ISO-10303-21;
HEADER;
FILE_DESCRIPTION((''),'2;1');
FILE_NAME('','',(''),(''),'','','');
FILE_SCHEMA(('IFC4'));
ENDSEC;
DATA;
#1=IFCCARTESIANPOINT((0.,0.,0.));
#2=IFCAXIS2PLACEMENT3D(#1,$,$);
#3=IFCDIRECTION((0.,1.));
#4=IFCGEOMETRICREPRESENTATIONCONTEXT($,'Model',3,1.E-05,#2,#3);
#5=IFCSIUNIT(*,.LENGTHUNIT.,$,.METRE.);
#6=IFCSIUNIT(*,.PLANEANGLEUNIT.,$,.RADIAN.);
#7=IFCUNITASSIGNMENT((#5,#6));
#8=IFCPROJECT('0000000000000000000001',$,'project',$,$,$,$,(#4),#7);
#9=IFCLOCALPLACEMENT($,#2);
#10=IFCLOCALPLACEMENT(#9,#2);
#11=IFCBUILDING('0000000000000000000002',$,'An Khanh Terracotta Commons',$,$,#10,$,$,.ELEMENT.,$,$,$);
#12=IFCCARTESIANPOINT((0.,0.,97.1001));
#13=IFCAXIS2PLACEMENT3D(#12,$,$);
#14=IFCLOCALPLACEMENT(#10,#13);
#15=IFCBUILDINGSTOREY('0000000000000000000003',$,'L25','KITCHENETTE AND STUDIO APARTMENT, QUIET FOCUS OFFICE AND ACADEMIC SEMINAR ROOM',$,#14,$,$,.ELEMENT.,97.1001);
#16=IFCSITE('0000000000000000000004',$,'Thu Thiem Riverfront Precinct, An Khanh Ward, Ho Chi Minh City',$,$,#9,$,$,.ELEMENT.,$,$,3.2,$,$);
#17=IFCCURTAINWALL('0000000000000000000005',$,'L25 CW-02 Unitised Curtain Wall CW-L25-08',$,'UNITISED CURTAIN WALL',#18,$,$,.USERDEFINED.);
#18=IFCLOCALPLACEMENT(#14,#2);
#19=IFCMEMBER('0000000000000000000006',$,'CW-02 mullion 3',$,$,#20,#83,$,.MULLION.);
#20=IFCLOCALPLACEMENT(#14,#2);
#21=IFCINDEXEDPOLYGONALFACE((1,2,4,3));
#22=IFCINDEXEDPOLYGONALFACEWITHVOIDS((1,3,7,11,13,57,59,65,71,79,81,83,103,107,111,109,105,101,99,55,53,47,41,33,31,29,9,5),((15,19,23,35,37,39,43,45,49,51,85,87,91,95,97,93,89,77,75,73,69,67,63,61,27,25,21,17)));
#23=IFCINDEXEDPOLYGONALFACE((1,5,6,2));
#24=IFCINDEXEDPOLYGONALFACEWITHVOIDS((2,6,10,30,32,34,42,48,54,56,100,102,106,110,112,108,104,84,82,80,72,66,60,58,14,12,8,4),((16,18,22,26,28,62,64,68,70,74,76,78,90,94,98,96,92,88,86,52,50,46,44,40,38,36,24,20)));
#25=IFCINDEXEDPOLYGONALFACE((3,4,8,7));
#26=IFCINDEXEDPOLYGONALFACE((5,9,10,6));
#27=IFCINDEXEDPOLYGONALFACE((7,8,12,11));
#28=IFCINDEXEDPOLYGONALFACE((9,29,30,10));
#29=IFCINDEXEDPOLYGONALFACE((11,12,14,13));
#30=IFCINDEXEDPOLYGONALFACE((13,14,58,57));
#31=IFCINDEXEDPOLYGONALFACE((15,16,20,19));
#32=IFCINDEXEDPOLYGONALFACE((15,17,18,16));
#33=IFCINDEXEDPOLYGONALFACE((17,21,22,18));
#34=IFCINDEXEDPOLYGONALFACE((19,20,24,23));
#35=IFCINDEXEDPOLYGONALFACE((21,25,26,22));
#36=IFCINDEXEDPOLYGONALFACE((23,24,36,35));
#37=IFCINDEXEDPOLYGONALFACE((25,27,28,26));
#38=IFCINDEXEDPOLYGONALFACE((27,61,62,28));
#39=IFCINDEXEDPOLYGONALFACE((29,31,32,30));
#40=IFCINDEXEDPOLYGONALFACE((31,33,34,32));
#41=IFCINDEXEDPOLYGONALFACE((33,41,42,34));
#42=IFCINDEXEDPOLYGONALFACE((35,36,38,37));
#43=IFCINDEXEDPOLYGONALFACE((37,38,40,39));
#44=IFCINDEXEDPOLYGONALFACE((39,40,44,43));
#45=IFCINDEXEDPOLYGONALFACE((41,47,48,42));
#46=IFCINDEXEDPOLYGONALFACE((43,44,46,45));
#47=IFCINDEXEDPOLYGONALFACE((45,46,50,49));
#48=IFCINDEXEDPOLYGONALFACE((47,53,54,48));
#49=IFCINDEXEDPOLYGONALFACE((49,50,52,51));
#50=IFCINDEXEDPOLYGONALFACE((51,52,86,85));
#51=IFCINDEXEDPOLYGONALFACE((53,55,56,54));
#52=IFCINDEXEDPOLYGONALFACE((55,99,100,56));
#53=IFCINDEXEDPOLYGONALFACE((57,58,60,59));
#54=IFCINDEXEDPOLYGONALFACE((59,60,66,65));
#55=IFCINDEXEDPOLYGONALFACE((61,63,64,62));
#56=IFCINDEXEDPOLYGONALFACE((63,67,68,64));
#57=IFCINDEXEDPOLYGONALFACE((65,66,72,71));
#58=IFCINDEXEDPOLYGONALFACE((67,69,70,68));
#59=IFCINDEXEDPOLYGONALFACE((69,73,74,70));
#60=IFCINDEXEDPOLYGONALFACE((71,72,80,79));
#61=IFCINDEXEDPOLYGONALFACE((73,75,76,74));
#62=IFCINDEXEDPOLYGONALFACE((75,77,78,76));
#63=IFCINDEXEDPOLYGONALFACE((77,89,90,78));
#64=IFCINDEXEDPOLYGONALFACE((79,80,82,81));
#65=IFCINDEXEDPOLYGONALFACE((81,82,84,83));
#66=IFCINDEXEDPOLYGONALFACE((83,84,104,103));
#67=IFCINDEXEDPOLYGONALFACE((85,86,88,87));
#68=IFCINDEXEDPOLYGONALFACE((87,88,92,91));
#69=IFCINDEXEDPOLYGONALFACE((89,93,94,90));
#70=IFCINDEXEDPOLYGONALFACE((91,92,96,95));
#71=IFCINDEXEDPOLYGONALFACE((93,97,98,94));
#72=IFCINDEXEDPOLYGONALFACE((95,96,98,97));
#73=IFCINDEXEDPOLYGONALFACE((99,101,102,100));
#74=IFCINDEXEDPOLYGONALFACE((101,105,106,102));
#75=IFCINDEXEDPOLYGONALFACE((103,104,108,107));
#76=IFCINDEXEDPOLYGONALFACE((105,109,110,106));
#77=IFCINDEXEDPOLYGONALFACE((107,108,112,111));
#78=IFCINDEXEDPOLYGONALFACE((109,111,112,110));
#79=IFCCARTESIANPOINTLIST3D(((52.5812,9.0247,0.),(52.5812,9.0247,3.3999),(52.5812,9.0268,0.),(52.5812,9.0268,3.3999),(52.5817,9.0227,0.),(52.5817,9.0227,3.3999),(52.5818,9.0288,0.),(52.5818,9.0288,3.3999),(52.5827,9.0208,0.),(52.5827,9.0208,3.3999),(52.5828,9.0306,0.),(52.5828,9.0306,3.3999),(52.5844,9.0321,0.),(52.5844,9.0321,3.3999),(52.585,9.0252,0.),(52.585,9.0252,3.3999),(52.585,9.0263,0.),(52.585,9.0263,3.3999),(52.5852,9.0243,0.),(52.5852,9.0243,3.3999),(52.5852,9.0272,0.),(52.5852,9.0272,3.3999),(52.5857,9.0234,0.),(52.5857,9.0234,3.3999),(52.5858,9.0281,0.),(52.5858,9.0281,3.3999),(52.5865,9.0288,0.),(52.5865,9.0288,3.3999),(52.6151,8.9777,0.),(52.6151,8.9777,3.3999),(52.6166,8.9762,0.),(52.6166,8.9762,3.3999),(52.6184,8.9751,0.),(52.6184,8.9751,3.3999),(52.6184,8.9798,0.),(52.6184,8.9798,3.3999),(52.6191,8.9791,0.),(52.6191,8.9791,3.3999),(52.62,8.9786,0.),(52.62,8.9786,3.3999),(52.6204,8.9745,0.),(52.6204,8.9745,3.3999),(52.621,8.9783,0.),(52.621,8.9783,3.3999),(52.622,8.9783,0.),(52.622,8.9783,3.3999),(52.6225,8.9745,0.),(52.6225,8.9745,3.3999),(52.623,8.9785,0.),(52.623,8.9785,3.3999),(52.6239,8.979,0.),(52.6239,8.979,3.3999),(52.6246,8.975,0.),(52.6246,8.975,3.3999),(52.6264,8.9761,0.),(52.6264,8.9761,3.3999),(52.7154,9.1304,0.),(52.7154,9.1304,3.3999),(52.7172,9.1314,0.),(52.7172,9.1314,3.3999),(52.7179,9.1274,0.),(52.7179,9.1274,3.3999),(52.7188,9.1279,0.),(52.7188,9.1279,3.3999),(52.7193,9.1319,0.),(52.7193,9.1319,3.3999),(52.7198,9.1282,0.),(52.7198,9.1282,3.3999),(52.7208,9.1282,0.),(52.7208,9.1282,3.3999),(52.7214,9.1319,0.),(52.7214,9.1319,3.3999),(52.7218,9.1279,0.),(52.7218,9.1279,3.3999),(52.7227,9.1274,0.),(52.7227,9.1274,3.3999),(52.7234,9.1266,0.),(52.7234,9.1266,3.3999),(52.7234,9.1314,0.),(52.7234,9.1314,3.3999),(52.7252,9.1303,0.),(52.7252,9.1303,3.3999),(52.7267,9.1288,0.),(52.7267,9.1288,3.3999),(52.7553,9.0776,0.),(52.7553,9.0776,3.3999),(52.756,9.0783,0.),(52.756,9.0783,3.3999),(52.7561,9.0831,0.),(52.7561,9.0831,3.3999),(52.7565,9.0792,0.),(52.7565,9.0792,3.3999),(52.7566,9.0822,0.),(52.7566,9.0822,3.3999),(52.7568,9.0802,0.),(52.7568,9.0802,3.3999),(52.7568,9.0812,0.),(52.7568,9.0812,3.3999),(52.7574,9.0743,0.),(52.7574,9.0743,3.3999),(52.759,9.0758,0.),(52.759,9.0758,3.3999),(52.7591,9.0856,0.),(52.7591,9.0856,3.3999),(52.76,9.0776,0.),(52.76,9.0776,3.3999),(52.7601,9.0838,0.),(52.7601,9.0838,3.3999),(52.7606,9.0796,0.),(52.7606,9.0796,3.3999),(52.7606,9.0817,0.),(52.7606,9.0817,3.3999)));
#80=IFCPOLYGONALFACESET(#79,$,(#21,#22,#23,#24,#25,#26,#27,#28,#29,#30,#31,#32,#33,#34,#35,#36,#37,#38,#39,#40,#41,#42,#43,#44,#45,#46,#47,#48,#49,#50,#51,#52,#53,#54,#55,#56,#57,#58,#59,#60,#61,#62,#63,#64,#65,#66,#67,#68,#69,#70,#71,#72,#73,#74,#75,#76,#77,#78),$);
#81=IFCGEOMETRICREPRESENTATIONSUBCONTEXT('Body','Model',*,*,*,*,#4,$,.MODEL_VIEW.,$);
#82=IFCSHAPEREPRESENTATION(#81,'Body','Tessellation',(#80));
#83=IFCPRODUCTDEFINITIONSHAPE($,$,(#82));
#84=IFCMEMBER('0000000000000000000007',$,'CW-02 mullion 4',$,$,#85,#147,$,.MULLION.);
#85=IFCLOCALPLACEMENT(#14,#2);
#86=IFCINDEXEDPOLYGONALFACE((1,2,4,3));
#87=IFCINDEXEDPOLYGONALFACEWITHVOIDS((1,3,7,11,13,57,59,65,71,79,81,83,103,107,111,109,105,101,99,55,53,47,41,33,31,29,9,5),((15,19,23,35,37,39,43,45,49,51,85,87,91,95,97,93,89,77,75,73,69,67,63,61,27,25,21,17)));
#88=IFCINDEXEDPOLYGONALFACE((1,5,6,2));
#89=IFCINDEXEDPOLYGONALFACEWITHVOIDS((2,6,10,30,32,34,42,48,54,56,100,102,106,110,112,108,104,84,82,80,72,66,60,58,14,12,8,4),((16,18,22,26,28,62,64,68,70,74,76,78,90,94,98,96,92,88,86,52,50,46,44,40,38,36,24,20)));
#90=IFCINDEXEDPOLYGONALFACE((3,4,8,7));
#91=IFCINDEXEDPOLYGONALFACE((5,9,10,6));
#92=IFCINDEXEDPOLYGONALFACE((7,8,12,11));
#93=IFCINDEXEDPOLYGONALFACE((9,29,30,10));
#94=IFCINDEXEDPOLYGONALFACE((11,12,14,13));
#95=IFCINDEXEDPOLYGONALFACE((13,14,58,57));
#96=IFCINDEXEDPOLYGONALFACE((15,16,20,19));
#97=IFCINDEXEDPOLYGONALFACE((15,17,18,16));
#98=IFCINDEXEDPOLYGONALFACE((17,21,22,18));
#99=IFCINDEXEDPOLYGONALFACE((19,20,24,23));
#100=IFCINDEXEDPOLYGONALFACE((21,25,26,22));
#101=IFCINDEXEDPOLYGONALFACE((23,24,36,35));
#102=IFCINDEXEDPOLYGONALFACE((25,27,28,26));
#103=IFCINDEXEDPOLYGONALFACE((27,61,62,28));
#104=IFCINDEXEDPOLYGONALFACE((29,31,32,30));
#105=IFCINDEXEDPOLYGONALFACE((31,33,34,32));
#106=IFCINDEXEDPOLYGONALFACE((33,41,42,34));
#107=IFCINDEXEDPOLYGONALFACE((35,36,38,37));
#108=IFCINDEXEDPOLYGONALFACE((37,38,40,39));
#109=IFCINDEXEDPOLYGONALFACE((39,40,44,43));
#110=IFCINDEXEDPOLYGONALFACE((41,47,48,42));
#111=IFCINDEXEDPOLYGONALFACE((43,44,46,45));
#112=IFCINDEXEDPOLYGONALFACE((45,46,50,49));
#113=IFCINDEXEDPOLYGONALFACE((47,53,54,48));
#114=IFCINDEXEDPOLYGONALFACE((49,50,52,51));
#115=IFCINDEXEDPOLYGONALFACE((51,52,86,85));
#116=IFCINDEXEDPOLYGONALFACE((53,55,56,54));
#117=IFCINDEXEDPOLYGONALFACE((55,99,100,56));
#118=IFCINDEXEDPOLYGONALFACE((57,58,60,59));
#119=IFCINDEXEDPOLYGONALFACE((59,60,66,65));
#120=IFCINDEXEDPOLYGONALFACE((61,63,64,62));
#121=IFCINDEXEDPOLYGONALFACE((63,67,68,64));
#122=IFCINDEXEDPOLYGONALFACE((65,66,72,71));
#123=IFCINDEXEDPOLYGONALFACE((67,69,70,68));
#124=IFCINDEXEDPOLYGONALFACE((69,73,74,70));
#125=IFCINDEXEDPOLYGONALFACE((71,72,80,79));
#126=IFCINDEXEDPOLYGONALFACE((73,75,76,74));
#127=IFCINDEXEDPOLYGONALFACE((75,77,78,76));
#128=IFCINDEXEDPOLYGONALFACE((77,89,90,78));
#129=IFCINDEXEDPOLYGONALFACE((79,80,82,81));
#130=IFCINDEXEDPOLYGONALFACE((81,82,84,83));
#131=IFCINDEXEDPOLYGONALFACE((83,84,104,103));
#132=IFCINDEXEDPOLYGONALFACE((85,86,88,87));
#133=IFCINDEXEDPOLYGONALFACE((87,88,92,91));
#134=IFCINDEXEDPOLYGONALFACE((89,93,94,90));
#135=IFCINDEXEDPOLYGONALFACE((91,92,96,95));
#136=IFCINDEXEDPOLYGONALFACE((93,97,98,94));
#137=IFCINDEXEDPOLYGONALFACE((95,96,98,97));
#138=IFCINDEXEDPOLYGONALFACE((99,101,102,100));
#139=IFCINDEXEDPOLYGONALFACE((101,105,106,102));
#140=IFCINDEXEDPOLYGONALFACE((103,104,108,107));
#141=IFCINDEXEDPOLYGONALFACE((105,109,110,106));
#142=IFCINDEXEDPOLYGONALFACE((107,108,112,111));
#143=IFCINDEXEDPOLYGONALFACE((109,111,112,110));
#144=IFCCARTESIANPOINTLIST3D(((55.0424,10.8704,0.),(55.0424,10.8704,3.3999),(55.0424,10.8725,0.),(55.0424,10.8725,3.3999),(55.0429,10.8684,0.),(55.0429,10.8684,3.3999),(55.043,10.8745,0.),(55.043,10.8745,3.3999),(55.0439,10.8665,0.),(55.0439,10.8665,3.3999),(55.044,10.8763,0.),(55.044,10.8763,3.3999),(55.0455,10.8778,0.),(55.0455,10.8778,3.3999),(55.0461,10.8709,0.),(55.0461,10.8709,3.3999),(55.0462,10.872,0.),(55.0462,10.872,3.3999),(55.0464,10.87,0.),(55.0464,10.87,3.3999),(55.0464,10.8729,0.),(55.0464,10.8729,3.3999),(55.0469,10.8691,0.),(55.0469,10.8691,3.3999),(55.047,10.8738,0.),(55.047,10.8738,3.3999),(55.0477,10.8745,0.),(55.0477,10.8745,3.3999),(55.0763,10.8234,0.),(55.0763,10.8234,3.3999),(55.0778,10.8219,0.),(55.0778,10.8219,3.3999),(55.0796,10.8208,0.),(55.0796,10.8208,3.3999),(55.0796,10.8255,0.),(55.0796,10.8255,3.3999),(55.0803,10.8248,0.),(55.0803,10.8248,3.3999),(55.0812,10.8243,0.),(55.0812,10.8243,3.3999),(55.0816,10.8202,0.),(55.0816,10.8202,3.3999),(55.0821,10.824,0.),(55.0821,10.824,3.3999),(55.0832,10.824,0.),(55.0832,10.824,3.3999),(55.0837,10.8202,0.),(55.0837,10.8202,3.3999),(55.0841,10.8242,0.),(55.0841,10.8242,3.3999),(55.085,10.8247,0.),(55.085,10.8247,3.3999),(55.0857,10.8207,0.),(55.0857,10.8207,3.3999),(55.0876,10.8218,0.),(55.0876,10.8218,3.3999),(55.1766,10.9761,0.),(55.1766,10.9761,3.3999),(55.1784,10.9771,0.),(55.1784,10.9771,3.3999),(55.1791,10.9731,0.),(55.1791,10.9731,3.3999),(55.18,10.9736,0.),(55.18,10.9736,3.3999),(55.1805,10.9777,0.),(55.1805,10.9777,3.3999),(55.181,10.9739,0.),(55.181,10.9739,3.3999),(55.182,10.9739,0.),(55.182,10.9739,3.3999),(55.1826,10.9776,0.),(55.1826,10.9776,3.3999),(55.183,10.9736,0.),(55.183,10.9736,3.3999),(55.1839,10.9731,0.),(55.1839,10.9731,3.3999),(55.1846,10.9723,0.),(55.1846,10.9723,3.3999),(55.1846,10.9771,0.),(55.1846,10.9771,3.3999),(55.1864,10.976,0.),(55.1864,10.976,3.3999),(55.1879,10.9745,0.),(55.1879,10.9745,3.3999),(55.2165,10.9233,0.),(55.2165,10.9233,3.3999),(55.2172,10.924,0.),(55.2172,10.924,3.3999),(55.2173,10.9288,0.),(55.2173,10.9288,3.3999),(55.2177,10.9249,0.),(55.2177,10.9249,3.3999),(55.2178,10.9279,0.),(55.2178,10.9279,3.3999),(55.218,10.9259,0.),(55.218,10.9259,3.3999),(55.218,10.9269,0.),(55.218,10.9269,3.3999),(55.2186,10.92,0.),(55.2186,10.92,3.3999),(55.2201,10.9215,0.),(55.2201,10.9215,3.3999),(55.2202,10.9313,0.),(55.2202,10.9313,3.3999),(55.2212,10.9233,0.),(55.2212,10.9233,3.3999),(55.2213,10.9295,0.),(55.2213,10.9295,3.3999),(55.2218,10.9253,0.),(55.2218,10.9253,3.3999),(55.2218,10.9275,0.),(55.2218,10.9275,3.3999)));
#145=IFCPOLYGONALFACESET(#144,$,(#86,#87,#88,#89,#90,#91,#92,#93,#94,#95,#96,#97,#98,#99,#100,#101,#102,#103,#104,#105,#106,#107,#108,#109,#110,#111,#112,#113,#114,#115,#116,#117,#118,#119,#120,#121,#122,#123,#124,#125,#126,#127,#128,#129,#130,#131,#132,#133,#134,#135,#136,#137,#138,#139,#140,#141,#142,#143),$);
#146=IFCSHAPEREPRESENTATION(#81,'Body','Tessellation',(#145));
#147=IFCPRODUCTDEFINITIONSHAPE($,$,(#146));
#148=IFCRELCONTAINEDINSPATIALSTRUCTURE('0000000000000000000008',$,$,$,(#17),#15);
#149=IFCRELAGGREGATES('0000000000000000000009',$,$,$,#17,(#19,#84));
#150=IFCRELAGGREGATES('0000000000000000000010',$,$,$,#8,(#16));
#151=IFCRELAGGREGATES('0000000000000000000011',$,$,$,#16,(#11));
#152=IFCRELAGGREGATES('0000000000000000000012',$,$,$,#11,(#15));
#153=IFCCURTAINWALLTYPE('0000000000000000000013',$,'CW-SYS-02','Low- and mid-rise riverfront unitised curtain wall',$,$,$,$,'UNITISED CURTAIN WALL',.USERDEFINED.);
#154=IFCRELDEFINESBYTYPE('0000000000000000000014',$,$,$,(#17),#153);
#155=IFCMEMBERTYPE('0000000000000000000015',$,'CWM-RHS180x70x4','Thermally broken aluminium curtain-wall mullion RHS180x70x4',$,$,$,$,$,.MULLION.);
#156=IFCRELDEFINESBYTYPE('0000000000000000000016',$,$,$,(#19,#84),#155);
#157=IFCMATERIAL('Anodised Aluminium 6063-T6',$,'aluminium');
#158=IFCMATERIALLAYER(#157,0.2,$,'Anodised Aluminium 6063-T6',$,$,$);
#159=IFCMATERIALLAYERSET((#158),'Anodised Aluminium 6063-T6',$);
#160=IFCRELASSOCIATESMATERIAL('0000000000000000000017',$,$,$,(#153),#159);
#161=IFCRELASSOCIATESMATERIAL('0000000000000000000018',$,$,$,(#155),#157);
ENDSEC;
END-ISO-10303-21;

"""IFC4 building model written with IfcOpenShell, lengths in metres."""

from ifc_helpers import new_model, si_unit, direction, frame, origin, origin_2d, place, context, subcontext, project, spatial, hollow_rectangle, extrude, material, layer, layer_set, material_profile, profile_set, type_object, element, aggregate, save


model = new_model("IFC4")

# Units and contexts
model_context = context("Model", 3, precision=1e-05, world=origin(), true_north=direction((0.0, 1.0)))
body_context = subcontext(model_context, "Body", "Model", "MODEL_VIEW")
ifc_project = project(units=[si_unit("LENGTHUNIT", "METRE"), si_unit("PLANEANGLEUNIT", "RADIAN")], contexts=[model_context])

# Site, building, storey
site_placement = place(None, origin())
site = spatial("IfcSite", under=ifc_project, at=site_placement, Name="Thu Thiem Riverfront Precinct, An Khanh Ward, Ho Chi Minh City", CompositionType="ELEMENT", RefElevation=3.2)
building_placement = place(site_placement, origin())
building = spatial("IfcBuilding", under=site, at=building_placement, Name="An Khanh Terracotta Commons", CompositionType="ELEMENT")
storey_placement = place(building_placement, frame((0.0, 0.0, 97.1001)))
storey = spatial("IfcBuildingStorey", under=building, at=storey_placement, Name="L25", Description="KITCHENETTE AND STUDIO APARTMENT, QUIET FOCUS OFFICE AND ACADEMIC SEMINAR ROOM", CompositionType="ELEMENT", Elevation=97.1001)

# Curtain wall, members
ifc_material_1 = material(Name="Anodised Aluminium 6063-T6", Category="aluminium")
ifc_layer_1 = layer(ifc_material_1, 0.2, Name="Anodised Aluminium 6063-T6")
ifc_layer_set_1 = layer_set([ifc_layer_1], Name="Anodised Aluminium 6063-T6")
curtain_wall_type = type_object("IfcCurtainWallType", Name="CW-SYS-02", Description="Low- and mid-rise riverfront unitised curtain wall", ElementType="UNITISED CURTAIN WALL", PredefinedType="USERDEFINED", material=ifc_layer_set_1)
curtain_wall_1_placement = place(storey_placement, origin())
curtain_wall_1 = element("IfcCurtainWall", 1, at=curtain_wall_1_placement, inside=storey, type_object=curtain_wall_type, Name="L25 CW-02 Unitised Curtain Wall CW-L25-08", ObjectType="UNITISED CURTAIN WALL", PredefinedType="USERDEFINED")
ifc_material_profile_1 = material_profile(ifc_material_1, hollow_rectangle(XDim=0.0701, YDim=0.1799, WallThickness=0.0039, InnerFilletRadius=0.0039, OuterFilletRadius=0.0081, at=origin_2d()), Name="RHS180x70x4")
ifc_profile_set_1 = profile_set([ifc_material_profile_1], Name="Anodised Aluminium 6063-T6")
member_type_1 = type_object("IfcMemberType", Name="CWM-RHS180x70x4", Description="Thermally broken aluminium curtain-wall mullion RHS180x70x4", PredefinedType="MULLION", material=ifc_profile_set_1)
member_1_placement = place(storey_placement, frame((52.6709, 9.0532, 0.0), z_axis=(0.0, 0.0, 1.0), x_axis=(-0.599983, 0.800013, 0.0)))
member_1 = element("IfcMember", 2, at=member_1_placement, type_object=member_type_1, Name="CW-02 mullion 3", PredefinedType="MULLION", context=body_context, shape_type="SweptSolid", body=[
    extrude(hollow_rectangle(XDim=0.0701, YDim=0.1799, WallThickness=0.0039, InnerFilletRadius=0.0039, OuterFilletRadius=0.0081, at=origin_2d()), origin(), (0.0, 0.0, 1.0), 3.3999),
])
member_2_placement = place(storey_placement, frame((55.1321, 10.8989, 0.0), z_axis=(0.0, 0.0, 1.0), x_axis=(-0.599983, 0.800013, 0.0)))
member_2 = element("IfcMember", 3, at=member_2_placement, type_object=member_type_1, Name="CW-02 mullion 4", PredefinedType="MULLION", context=body_context, shape_type="SweptSolid", body=[
    extrude(hollow_rectangle(XDim=0.0701, YDim=0.1799, WallThickness=0.0039, InnerFilletRadius=0.0039, OuterFilletRadius=0.0081, at=origin_2d()), origin(), (0.0, 0.0, 1.0), 3.3999),
])

aggregate(curtain_wall_1, [member_1, member_2])

save(model, "model.ifc")
